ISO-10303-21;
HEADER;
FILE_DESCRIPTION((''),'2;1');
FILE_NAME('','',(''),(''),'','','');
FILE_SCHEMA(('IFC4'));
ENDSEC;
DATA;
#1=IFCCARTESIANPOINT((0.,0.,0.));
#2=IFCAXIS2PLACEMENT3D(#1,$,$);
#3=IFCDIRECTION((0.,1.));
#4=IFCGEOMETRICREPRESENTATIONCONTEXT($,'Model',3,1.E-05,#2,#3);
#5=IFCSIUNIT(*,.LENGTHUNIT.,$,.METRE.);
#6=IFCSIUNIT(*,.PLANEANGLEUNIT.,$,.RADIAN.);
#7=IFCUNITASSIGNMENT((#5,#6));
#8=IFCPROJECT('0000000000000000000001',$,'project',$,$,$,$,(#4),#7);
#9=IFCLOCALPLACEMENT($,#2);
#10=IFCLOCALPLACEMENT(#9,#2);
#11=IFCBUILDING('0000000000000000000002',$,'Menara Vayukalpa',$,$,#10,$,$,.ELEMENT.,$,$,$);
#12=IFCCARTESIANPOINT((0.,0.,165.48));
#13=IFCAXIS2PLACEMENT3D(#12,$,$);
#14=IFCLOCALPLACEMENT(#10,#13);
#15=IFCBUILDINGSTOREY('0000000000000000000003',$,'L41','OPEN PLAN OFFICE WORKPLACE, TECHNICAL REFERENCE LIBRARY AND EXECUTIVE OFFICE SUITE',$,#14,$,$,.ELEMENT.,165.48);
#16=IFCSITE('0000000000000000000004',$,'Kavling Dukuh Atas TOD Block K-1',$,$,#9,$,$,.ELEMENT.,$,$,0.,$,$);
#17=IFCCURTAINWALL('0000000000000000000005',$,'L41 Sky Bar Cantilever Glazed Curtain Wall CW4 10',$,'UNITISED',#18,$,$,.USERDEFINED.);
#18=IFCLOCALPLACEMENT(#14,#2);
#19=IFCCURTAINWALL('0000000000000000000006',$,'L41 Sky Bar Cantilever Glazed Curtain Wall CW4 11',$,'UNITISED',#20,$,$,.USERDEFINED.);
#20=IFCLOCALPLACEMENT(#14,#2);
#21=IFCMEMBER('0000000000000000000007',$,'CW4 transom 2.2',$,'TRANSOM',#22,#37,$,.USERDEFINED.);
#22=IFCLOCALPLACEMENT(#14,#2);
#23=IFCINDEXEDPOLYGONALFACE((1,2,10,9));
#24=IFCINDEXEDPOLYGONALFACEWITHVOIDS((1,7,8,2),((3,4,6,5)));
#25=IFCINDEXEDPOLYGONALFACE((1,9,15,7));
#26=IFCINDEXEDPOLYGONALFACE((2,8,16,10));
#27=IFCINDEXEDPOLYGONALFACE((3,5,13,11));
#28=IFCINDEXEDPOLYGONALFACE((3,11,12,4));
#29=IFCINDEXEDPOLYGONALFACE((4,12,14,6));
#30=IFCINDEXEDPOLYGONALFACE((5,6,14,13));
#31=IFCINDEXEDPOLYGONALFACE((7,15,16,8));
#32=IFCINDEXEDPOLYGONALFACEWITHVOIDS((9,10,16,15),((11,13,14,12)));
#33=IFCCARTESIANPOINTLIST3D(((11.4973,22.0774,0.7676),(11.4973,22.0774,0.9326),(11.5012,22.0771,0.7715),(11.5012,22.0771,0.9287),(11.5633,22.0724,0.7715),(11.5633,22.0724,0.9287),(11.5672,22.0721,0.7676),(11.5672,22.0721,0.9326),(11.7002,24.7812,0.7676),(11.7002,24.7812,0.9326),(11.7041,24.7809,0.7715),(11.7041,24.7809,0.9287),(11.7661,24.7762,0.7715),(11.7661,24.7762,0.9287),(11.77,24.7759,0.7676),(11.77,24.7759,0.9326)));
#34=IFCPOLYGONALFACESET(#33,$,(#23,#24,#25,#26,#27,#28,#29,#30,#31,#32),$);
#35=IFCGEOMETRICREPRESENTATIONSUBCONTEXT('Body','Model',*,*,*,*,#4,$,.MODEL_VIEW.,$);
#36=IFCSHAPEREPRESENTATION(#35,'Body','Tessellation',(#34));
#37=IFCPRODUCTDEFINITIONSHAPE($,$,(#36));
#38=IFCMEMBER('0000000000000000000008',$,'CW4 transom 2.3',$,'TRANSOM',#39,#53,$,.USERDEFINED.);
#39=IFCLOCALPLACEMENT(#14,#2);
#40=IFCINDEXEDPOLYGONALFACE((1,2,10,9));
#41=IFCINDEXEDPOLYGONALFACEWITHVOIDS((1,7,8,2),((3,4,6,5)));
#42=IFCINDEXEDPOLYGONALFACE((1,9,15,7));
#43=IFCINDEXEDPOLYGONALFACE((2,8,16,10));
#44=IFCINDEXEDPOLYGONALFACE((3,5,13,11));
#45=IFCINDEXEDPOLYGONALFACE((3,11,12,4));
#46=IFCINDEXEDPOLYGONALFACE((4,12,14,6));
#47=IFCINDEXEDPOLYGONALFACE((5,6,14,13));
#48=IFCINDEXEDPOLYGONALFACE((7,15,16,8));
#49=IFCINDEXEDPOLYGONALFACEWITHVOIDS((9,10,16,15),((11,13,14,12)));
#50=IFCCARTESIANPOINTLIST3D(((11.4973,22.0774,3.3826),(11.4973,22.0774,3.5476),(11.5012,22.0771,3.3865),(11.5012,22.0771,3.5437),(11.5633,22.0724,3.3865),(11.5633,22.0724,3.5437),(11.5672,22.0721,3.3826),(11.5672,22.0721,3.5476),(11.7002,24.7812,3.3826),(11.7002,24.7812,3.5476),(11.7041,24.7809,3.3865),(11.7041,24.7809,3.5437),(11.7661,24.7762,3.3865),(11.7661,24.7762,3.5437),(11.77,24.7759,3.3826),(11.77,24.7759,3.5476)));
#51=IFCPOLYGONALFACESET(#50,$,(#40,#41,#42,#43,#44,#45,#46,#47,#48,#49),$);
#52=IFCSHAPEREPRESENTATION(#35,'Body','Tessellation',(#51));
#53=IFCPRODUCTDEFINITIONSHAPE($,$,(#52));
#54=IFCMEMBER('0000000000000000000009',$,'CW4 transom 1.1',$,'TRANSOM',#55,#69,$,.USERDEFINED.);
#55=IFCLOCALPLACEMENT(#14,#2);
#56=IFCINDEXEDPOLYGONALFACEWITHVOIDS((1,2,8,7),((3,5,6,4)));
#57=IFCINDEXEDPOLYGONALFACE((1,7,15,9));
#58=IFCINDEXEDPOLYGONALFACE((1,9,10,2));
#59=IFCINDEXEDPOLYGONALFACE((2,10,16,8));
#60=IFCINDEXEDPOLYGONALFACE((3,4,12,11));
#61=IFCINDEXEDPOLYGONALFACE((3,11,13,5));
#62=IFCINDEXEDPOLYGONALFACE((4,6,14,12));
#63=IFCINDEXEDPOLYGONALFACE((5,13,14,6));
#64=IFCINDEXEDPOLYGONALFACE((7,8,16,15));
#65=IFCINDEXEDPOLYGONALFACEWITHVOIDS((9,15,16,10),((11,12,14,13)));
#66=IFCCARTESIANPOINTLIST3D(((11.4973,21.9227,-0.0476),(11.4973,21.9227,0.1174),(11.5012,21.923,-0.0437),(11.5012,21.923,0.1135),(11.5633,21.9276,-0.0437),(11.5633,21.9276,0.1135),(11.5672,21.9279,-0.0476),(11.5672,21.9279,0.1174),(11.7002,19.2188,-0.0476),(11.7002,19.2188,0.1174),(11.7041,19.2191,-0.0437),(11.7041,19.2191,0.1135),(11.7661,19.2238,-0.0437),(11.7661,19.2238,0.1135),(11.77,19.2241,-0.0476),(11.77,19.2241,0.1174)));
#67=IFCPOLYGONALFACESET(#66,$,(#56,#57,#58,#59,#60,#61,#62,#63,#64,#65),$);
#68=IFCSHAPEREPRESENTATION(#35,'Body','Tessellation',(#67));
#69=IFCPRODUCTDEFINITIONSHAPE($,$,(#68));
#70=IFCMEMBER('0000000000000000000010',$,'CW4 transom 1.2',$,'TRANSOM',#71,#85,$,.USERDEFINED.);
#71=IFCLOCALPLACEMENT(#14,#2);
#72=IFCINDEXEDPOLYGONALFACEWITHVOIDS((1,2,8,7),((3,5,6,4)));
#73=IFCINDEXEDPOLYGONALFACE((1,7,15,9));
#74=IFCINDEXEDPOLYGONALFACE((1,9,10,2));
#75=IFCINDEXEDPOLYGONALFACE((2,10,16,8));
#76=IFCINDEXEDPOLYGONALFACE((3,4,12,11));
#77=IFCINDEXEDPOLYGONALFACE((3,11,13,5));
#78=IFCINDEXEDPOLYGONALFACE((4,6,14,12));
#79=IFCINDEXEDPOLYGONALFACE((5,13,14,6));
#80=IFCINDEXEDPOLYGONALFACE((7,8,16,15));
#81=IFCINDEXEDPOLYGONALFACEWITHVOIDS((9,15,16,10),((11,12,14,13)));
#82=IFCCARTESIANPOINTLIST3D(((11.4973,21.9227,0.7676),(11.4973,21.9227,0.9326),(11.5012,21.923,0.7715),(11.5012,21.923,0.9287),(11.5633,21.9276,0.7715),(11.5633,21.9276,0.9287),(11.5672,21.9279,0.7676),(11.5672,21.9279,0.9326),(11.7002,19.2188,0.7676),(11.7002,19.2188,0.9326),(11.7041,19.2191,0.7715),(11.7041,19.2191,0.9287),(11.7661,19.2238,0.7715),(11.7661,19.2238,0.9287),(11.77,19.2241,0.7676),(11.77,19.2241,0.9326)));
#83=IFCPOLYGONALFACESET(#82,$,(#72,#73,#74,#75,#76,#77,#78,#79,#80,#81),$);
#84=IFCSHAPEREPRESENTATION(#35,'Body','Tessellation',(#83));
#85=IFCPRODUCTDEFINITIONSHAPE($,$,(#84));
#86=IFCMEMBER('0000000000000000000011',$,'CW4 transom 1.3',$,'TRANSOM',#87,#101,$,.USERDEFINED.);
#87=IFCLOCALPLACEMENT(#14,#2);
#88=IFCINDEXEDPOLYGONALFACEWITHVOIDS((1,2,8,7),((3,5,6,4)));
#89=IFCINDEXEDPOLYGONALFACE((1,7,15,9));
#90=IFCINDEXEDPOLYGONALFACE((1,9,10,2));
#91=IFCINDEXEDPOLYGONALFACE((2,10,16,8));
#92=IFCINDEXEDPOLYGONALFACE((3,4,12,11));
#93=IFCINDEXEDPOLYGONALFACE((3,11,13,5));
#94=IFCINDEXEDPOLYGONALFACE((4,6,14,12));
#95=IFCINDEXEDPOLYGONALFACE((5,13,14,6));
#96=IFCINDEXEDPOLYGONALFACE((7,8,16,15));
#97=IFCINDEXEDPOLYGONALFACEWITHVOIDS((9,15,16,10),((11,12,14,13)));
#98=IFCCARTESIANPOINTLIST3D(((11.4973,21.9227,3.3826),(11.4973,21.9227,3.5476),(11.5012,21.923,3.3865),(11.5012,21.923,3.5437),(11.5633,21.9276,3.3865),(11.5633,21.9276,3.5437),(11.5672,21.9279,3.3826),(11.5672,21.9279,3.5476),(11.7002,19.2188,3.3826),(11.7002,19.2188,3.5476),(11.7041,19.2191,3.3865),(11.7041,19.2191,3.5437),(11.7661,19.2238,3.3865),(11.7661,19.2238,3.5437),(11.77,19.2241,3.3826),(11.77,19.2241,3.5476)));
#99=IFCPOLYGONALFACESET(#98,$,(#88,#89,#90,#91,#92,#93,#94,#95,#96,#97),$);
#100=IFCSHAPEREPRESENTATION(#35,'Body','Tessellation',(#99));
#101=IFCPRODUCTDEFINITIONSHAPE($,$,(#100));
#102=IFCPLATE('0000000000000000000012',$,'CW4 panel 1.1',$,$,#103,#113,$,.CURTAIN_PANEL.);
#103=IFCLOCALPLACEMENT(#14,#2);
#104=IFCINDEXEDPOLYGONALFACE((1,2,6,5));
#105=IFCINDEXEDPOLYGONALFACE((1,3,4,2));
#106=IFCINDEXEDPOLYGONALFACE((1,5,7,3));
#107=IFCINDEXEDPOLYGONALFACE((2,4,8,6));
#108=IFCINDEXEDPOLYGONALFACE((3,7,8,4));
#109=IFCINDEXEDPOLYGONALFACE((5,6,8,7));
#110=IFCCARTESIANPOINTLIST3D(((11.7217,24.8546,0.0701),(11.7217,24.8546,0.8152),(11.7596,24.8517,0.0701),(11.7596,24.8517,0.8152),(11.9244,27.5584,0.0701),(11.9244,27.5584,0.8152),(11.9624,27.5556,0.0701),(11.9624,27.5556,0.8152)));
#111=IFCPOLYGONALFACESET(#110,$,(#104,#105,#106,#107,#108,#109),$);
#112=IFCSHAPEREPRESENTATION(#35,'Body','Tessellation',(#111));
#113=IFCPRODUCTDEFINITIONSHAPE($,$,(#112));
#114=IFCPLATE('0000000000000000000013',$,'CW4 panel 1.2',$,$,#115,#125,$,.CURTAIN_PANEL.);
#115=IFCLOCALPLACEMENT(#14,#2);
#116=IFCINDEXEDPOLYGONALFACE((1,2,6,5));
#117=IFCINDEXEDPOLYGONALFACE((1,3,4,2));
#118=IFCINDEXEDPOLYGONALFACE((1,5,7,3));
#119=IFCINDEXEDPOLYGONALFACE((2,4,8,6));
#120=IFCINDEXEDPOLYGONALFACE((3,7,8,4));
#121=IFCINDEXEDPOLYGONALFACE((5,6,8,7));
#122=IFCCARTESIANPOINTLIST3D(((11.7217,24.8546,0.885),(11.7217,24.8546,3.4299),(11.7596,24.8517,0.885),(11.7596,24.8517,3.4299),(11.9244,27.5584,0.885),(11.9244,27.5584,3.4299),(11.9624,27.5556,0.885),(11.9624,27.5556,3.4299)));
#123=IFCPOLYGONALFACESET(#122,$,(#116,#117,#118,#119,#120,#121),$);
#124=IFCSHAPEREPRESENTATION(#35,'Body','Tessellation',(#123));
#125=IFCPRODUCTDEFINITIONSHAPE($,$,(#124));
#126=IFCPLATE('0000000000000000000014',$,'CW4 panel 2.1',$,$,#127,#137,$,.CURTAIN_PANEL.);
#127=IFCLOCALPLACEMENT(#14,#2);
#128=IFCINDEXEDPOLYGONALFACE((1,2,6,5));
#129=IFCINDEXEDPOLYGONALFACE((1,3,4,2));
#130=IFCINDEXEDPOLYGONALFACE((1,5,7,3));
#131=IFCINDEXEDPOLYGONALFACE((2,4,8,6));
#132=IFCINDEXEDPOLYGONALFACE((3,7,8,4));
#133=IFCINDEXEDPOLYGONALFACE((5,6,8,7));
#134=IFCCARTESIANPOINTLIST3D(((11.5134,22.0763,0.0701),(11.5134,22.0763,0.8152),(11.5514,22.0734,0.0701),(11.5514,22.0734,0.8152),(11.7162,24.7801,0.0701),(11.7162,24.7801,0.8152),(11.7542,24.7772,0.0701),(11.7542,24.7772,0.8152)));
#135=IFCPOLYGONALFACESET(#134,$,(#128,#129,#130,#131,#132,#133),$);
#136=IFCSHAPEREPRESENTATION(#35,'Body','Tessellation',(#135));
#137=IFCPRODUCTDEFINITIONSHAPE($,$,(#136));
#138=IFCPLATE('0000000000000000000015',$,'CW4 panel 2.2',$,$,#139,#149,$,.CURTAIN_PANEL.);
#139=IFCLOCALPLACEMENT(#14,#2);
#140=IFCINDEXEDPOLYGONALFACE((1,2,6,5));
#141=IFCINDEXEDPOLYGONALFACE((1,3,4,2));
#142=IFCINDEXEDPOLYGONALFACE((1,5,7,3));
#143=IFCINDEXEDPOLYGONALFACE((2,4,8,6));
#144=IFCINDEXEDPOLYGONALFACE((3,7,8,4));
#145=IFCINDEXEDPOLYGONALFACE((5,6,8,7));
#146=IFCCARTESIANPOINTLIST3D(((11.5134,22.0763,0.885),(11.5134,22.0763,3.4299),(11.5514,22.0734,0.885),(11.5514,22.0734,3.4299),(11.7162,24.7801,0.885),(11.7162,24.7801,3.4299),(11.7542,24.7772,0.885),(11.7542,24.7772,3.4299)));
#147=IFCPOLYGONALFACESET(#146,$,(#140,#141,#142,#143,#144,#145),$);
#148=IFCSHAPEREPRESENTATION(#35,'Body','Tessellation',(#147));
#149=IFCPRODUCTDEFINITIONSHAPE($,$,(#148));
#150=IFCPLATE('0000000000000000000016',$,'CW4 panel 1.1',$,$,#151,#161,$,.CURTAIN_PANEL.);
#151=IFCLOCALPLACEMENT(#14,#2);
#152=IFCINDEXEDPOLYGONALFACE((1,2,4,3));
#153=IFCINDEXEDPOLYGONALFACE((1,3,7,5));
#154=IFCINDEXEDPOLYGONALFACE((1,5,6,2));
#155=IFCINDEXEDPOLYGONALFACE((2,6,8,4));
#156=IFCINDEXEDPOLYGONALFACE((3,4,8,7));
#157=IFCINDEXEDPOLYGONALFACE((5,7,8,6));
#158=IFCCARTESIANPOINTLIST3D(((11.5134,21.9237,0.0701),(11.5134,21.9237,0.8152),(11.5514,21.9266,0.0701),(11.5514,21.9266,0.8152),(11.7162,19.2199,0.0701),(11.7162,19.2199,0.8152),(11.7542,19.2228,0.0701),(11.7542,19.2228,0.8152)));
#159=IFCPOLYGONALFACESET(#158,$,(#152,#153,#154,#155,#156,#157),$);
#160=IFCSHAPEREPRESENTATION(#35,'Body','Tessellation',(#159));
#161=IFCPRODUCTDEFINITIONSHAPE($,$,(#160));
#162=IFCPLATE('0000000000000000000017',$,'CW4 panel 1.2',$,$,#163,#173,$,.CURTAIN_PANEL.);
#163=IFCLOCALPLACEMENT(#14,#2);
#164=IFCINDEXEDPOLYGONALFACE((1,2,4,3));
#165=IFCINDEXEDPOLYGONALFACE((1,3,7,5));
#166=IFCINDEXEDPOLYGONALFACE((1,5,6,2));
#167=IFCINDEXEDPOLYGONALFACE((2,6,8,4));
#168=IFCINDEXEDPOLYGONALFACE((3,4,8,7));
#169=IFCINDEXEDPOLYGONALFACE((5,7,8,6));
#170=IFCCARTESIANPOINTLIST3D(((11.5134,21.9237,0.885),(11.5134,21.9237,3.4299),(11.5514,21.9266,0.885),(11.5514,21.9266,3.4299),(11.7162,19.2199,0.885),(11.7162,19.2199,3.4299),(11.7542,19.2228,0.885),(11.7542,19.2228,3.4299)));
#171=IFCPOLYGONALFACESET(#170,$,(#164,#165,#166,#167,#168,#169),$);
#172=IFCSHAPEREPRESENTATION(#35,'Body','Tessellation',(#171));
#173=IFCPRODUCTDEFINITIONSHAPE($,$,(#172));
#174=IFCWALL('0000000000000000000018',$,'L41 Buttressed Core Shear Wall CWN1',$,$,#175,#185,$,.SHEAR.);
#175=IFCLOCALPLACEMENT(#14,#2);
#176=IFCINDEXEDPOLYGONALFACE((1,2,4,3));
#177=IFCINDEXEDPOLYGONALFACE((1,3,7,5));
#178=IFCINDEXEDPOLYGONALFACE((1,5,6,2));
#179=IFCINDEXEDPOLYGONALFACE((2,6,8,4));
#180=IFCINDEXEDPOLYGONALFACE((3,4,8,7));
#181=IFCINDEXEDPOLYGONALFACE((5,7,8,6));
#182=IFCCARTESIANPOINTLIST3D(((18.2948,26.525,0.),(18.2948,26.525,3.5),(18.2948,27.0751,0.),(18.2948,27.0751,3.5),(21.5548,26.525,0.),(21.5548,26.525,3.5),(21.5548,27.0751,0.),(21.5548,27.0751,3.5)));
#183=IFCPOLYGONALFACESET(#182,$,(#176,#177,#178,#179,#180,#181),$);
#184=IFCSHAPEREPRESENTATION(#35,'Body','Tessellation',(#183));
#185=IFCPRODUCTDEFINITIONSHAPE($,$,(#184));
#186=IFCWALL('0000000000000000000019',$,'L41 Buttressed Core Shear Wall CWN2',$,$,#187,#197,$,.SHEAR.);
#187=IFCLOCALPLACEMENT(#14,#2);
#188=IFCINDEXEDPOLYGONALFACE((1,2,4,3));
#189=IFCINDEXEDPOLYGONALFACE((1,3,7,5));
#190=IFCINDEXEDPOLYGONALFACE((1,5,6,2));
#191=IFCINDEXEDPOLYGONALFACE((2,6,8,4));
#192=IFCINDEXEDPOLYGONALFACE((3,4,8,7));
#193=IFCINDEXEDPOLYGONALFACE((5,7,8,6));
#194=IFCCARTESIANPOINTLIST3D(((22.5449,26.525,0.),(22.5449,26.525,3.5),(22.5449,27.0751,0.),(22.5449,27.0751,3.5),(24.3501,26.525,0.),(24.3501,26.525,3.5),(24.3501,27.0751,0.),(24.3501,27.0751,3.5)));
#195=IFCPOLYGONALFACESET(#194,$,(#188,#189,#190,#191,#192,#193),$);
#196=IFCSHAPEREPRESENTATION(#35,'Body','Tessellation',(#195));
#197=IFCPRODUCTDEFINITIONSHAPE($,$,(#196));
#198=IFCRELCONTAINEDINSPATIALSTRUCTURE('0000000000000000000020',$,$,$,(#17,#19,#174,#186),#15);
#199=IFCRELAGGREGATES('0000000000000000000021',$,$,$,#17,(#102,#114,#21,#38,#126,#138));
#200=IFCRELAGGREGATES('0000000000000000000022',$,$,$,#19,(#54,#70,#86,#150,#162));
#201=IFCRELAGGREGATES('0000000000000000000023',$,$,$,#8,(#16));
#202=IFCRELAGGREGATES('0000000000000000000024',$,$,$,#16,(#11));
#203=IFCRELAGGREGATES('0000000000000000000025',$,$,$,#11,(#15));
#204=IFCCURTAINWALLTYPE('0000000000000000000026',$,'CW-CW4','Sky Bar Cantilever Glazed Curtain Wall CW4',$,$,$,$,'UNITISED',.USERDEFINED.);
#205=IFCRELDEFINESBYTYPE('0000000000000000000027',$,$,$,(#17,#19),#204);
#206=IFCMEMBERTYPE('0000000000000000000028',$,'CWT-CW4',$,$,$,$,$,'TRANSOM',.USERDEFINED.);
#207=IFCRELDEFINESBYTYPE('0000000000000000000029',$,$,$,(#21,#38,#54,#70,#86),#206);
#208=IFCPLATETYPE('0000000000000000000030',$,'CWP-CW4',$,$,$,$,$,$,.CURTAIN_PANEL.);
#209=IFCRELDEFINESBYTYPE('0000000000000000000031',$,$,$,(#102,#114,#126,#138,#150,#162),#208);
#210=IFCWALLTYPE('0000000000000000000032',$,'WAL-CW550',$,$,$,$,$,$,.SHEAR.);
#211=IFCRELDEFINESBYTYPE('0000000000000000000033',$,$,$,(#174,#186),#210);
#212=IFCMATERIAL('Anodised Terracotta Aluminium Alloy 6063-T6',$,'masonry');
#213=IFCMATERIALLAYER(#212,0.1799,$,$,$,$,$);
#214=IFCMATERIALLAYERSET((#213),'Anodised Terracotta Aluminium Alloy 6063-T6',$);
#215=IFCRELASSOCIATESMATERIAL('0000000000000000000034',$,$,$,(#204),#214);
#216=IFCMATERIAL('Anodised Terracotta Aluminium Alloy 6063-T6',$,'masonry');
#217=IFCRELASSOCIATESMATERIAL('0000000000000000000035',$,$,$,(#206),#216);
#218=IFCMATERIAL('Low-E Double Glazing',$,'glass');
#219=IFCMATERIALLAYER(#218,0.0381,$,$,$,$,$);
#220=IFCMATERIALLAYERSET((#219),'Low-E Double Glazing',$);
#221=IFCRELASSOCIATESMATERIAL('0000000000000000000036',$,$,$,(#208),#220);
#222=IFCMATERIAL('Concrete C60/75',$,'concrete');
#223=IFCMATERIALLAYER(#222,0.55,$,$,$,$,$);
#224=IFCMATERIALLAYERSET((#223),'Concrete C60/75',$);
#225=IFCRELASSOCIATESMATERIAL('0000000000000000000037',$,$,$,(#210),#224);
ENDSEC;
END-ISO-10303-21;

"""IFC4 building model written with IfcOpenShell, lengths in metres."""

from ifc_helpers import new_model, si_unit, direction, frame, frame_2d, origin, origin_2d, place, context, subcontext, project, spatial, rectangle, hollow_rectangle, extrude, material, layer, layer_set, material_profile, profile_set, type_object, element, aggregate, save


model = new_model("IFC4")

# Units and contexts
model_context = context("Model", 3, precision=1e-05, world=origin(), true_north=direction((0.0, 1.0)))
body_context = subcontext(model_context, "Body", "Model", "MODEL_VIEW")
ifc_project = project(units=[si_unit("LENGTHUNIT", "METRE"), si_unit("PLANEANGLEUNIT", "RADIAN")], contexts=[model_context])

# Site, building, storey
site_placement = place(None, origin())
site = spatial("IfcSite", under=ifc_project, at=site_placement, Name="Kavling Dukuh Atas TOD Block K-1", CompositionType="ELEMENT", RefElevation=0.0)
building_placement = place(site_placement, origin())
building = spatial("IfcBuilding", under=site, at=building_placement, Name="Menara Vayukalpa", CompositionType="ELEMENT")
storey_placement = place(building_placement, frame((0.0, 0.0, 165.48)))
storey = spatial("IfcBuildingStorey", under=building, at=storey_placement, Name="L41", Description="OPEN PLAN OFFICE WORKPLACE, TECHNICAL REFERENCE LIBRARY AND EXECUTIVE OFFICE SUITE", CompositionType="ELEMENT", Elevation=165.48)

# Curtain wall
ifc_material_1 = material(Name="Anodised Terracotta Aluminium Alloy 6063-T6", Category="masonry")
ifc_layer_1 = layer(ifc_material_1, 0.1799)
ifc_layer_set_1 = layer_set([ifc_layer_1], Name="Anodised Terracotta Aluminium Alloy 6063-T6")
curtain_wall_type = type_object("IfcCurtainWallType", Name="CW-CW4", Description="Sky Bar Cantilever Glazed Curtain Wall CW4", ElementType="UNITISED", PredefinedType="USERDEFINED", material=ifc_layer_set_1)
curtain_wall_1_placement = place(storey_placement, origin())
curtain_wall_1 = element("IfcCurtainWall", 1, at=curtain_wall_1_placement, inside=storey, type_object=curtain_wall_type, Name="L41 Sky Bar Cantilever Glazed Curtain Wall CW4 10", ObjectType="UNITISED", PredefinedType="USERDEFINED")

# Curtain wall
curtain_wall_2_placement = place(storey_placement, origin())
curtain_wall_2 = element("IfcCurtainWall", 2, at=curtain_wall_2_placement, inside=storey, type_object=curtain_wall_type, Name="L41 Sky Bar Cantilever Glazed Curtain Wall CW4 11", ObjectType="UNITISED", PredefinedType="USERDEFINED")

# Members
ifc_material_2 = material(Name="Anodised Terracotta Aluminium Alloy 6063-T6", Category="masonry")
ifc_material_profile_1 = material_profile(ifc_material_2, hollow_rectangle(XDim=0.0701, YDim=0.165, WallThickness=0.0039, at=origin_2d()), Name="ALU 70x165x4")
ifc_profile_set_1 = profile_set([ifc_material_profile_1], Name="Anodised Terracotta Aluminium Alloy 6063-T6")
member_type_1 = type_object("IfcMemberType", Name="CWT-CW4", ElementType="TRANSOM", PredefinedType="USERDEFINED", material=ifc_profile_set_1)
member_1_placement = place(storey_placement, frame((11.7351, 24.7786, 0.8501), z_axis=(-0.074824, -0.997197, 0.0), x_axis=(0.997197, -0.074824, 0.0)))
member_1 = element("IfcMember", 3, at=member_1_placement, type_object=member_type_1, Name="CW4 transom 2.2", ObjectType="TRANSOM", PredefinedType="USERDEFINED", context=body_context, shape_type="SweptSolid", body=[
    extrude(hollow_rectangle(XDim=0.0701, YDim=0.165, WallThickness=0.0039, at=origin_2d()), origin(), (0.0, 0.0, 1.0), 2.7114),
])
member_2_placement = place(storey_placement, frame((11.7351, 24.7786, 3.4651), z_axis=(-0.074824, -0.997197, 0.0), x_axis=(0.997197, -0.074824, 0.0)))
member_2 = element("IfcMember", 4, at=member_2_placement, type_object=member_type_1, Name="CW4 transom 2.3", ObjectType="TRANSOM", PredefinedType="USERDEFINED", context=body_context, shape_type="SweptSolid", body=[
    extrude(hollow_rectangle(XDim=0.0701, YDim=0.165, WallThickness=0.0039, at=origin_2d()), origin(), (0.0, 0.0, 1.0), 2.7114),
])
member_3_placement = place(storey_placement, frame((11.5322, 21.9253, 0.0349), z_axis=(0.074824, -0.997197, 0.0), x_axis=(0.997197, 0.074824, 0.0)))
member_3 = element("IfcMember", 5, at=member_3_placement, type_object=member_type_1, Name="CW4 transom 1.1", ObjectType="TRANSOM", PredefinedType="USERDEFINED", context=body_context, shape_type="SweptSolid", body=[
    extrude(hollow_rectangle(XDim=0.0701, YDim=0.165, WallThickness=0.0039, at=origin_2d()), origin(), (0.0, 0.0, 1.0), 2.7114),
])
member_4_placement = place(storey_placement, frame((11.5322, 21.9253, 0.8501), z_axis=(0.074824, -0.997197, 0.0), x_axis=(0.997197, 0.074824, 0.0)))
member_4 = element("IfcMember", 6, at=member_4_placement, type_object=member_type_1, Name="CW4 transom 1.2", ObjectType="TRANSOM", PredefinedType="USERDEFINED", context=body_context, shape_type="SweptSolid", body=[
    extrude(hollow_rectangle(XDim=0.0701, YDim=0.165, WallThickness=0.0039, at=origin_2d()), origin(), (0.0, 0.0, 1.0), 2.7114),
])
member_5_placement = place(storey_placement, frame((11.5322, 21.9253, 3.4651), z_axis=(0.074824, -0.997197, 0.0), x_axis=(0.997197, 0.074824, 0.0)))
member_5 = element("IfcMember", 7, at=member_5_placement, type_object=member_type_1, Name="CW4 transom 1.3", ObjectType="TRANSOM", PredefinedType="USERDEFINED", context=body_context, shape_type="SweptSolid", body=[
    extrude(hollow_rectangle(XDim=0.0701, YDim=0.165, WallThickness=0.0039, at=origin_2d()), origin(), (0.0, 0.0, 1.0), 2.7114),
])

# Plates
ifc_material_3 = material(Name="Low-E Double Glazing", Category="glass")
ifc_layer_2 = layer(ifc_material_3, 0.0381)
ifc_layer_set_2 = layer_set([ifc_layer_2], Name="Low-E Double Glazing")
plate_type = type_object("IfcPlateType", Name="CWP-CW4", PredefinedType="CURTAIN_PANEL", material=ifc_layer_set_2)
plate_1_placement = place(storey_placement, frame((11.842, 26.2051, 0.0701), z_axis=(0.0, 0.0, 1.0), x_axis=(-0.074793, -0.997199, 0.0)))
plate_1 = element("IfcPlate", 8, at=plate_1_placement, type_object=plate_type, Name="CW4 panel 1.1", PredefinedType="CURTAIN_PANEL", context=body_context, shape_type="SweptSolid", body=[
    extrude(rectangle(XDim=2.7114, YDim=0.0381, at=origin_2d()), origin(), (0.0, 0.0, 1.0), 0.7451),
])
plate_2_placement = place(storey_placement, frame((11.842, 26.2051, 0.885), z_axis=(0.0, 0.0, 1.0), x_axis=(-0.074793, -0.997199, 0.0)))
plate_2 = element("IfcPlate", 9, at=plate_2_placement, type_object=plate_type, Name="CW4 panel 1.2", PredefinedType="CURTAIN_PANEL", context=body_context, shape_type="SweptSolid", body=[
    extrude(rectangle(XDim=2.7114, YDim=0.0381, at=origin_2d()), origin(), (0.0, 0.0, 1.0), 2.5449),
])
plate_3_placement = place(storey_placement, frame((11.6338, 23.4268, 0.0701), z_axis=(0.0, 0.0, 1.0), x_axis=(-0.074793, -0.997199, 0.0)))
plate_3 = element("IfcPlate", 10, at=plate_3_placement, type_object=plate_type, Name="CW4 panel 2.1", PredefinedType="CURTAIN_PANEL", context=body_context, shape_type="SweptSolid", body=[
    extrude(rectangle(XDim=2.7114, YDim=0.0381, at=origin_2d()), origin(), (0.0, 0.0, 1.0), 0.7451),
])
plate_4_placement = place(storey_placement, frame((11.6338, 23.4268, 0.885), z_axis=(0.0, 0.0, 1.0), x_axis=(-0.074793, -0.997199, 0.0)))
plate_4 = element("IfcPlate", 11, at=plate_4_placement, type_object=plate_type, Name="CW4 panel 2.2", PredefinedType="CURTAIN_PANEL", context=body_context, shape_type="SweptSolid", body=[
    extrude(rectangle(XDim=2.7114, YDim=0.0381, at=origin_2d()), origin(), (0.0, 0.0, 1.0), 2.5449),
])
aggregate(curtain_wall_1, [plate_1, plate_2, member_1, member_2, plate_3, plate_4])
plate_5_placement = place(storey_placement, frame((11.6338, 20.5732, 0.0701), z_axis=(0.0, 0.0, 1.0), x_axis=(0.074793, -0.997199, 0.0)))
plate_5 = element("IfcPlate", 12, at=plate_5_placement, type_object=plate_type, Name="CW4 panel 1.1", PredefinedType="CURTAIN_PANEL", context=body_context, shape_type="SweptSolid", body=[
    extrude(rectangle(XDim=2.7114, YDim=0.0381, at=origin_2d()), origin(), (0.0, 0.0, 1.0), 0.7451),
])
plate_6_placement = place(storey_placement, frame((11.6338, 20.5732, 0.885), z_axis=(0.0, 0.0, 1.0), x_axis=(0.074793, -0.997199, 0.0)))
plate_6 = element("IfcPlate", 13, at=plate_6_placement, type_object=plate_type, Name="CW4 panel 1.2", PredefinedType="CURTAIN_PANEL", context=body_context, shape_type="SweptSolid", body=[
    extrude(rectangle(XDim=2.7114, YDim=0.0381, at=origin_2d()), origin(), (0.0, 0.0, 1.0), 2.5449),
])
aggregate(curtain_wall_2, [member_3, member_4, member_5, plate_5, plate_6])

# Walls
ifc_material_4 = material(Name="Concrete C60/75", Category="concrete")
ifc_layer_3 = layer(ifc_material_4, 0.55)
ifc_layer_set_3 = layer_set([ifc_layer_3], Name="Concrete C60/75")
wall_type_1 = type_object("IfcWallType", Name="WAL-CW550", PredefinedType="SHEAR", material=ifc_layer_set_3)
wall_1_placement = place(storey_placement, frame((18.2949, 26.8, 0.0), z_axis=(0.0, 0.0, 1.0), x_axis=(1.0, 0.0, 0.0)))
element("IfcWall", 14, at=wall_1_placement, inside=storey, type_object=wall_type_1, Name="L41 Buttressed Core Shear Wall CWN1", PredefinedType="SHEAR", context=body_context, shape_type="SweptSolid", body=[
    extrude(rectangle(XDim=3.26, YDim=0.55, at=frame_2d((1.6299, 0.0))), origin(), (0.0, 0.0, 1.0), 3.5),
])
wall_2_placement = place(storey_placement, frame((22.5449, 26.8, 0.0), z_axis=(0.0, 0.0, 1.0), x_axis=(1.0, 0.0, 0.0)))
element("IfcWall", 15, at=wall_2_placement, inside=storey, type_object=wall_type_1, Name="L41 Buttressed Core Shear Wall CWN2", PredefinedType="SHEAR", context=body_context, shape_type="SweptSolid", body=[
    extrude(rectangle(XDim=1.8052, YDim=0.55, at=frame_2d((0.9026, 0.0))), origin(), (0.0, 0.0, 1.0), 3.5),
])

save(model, "model.ifc")
